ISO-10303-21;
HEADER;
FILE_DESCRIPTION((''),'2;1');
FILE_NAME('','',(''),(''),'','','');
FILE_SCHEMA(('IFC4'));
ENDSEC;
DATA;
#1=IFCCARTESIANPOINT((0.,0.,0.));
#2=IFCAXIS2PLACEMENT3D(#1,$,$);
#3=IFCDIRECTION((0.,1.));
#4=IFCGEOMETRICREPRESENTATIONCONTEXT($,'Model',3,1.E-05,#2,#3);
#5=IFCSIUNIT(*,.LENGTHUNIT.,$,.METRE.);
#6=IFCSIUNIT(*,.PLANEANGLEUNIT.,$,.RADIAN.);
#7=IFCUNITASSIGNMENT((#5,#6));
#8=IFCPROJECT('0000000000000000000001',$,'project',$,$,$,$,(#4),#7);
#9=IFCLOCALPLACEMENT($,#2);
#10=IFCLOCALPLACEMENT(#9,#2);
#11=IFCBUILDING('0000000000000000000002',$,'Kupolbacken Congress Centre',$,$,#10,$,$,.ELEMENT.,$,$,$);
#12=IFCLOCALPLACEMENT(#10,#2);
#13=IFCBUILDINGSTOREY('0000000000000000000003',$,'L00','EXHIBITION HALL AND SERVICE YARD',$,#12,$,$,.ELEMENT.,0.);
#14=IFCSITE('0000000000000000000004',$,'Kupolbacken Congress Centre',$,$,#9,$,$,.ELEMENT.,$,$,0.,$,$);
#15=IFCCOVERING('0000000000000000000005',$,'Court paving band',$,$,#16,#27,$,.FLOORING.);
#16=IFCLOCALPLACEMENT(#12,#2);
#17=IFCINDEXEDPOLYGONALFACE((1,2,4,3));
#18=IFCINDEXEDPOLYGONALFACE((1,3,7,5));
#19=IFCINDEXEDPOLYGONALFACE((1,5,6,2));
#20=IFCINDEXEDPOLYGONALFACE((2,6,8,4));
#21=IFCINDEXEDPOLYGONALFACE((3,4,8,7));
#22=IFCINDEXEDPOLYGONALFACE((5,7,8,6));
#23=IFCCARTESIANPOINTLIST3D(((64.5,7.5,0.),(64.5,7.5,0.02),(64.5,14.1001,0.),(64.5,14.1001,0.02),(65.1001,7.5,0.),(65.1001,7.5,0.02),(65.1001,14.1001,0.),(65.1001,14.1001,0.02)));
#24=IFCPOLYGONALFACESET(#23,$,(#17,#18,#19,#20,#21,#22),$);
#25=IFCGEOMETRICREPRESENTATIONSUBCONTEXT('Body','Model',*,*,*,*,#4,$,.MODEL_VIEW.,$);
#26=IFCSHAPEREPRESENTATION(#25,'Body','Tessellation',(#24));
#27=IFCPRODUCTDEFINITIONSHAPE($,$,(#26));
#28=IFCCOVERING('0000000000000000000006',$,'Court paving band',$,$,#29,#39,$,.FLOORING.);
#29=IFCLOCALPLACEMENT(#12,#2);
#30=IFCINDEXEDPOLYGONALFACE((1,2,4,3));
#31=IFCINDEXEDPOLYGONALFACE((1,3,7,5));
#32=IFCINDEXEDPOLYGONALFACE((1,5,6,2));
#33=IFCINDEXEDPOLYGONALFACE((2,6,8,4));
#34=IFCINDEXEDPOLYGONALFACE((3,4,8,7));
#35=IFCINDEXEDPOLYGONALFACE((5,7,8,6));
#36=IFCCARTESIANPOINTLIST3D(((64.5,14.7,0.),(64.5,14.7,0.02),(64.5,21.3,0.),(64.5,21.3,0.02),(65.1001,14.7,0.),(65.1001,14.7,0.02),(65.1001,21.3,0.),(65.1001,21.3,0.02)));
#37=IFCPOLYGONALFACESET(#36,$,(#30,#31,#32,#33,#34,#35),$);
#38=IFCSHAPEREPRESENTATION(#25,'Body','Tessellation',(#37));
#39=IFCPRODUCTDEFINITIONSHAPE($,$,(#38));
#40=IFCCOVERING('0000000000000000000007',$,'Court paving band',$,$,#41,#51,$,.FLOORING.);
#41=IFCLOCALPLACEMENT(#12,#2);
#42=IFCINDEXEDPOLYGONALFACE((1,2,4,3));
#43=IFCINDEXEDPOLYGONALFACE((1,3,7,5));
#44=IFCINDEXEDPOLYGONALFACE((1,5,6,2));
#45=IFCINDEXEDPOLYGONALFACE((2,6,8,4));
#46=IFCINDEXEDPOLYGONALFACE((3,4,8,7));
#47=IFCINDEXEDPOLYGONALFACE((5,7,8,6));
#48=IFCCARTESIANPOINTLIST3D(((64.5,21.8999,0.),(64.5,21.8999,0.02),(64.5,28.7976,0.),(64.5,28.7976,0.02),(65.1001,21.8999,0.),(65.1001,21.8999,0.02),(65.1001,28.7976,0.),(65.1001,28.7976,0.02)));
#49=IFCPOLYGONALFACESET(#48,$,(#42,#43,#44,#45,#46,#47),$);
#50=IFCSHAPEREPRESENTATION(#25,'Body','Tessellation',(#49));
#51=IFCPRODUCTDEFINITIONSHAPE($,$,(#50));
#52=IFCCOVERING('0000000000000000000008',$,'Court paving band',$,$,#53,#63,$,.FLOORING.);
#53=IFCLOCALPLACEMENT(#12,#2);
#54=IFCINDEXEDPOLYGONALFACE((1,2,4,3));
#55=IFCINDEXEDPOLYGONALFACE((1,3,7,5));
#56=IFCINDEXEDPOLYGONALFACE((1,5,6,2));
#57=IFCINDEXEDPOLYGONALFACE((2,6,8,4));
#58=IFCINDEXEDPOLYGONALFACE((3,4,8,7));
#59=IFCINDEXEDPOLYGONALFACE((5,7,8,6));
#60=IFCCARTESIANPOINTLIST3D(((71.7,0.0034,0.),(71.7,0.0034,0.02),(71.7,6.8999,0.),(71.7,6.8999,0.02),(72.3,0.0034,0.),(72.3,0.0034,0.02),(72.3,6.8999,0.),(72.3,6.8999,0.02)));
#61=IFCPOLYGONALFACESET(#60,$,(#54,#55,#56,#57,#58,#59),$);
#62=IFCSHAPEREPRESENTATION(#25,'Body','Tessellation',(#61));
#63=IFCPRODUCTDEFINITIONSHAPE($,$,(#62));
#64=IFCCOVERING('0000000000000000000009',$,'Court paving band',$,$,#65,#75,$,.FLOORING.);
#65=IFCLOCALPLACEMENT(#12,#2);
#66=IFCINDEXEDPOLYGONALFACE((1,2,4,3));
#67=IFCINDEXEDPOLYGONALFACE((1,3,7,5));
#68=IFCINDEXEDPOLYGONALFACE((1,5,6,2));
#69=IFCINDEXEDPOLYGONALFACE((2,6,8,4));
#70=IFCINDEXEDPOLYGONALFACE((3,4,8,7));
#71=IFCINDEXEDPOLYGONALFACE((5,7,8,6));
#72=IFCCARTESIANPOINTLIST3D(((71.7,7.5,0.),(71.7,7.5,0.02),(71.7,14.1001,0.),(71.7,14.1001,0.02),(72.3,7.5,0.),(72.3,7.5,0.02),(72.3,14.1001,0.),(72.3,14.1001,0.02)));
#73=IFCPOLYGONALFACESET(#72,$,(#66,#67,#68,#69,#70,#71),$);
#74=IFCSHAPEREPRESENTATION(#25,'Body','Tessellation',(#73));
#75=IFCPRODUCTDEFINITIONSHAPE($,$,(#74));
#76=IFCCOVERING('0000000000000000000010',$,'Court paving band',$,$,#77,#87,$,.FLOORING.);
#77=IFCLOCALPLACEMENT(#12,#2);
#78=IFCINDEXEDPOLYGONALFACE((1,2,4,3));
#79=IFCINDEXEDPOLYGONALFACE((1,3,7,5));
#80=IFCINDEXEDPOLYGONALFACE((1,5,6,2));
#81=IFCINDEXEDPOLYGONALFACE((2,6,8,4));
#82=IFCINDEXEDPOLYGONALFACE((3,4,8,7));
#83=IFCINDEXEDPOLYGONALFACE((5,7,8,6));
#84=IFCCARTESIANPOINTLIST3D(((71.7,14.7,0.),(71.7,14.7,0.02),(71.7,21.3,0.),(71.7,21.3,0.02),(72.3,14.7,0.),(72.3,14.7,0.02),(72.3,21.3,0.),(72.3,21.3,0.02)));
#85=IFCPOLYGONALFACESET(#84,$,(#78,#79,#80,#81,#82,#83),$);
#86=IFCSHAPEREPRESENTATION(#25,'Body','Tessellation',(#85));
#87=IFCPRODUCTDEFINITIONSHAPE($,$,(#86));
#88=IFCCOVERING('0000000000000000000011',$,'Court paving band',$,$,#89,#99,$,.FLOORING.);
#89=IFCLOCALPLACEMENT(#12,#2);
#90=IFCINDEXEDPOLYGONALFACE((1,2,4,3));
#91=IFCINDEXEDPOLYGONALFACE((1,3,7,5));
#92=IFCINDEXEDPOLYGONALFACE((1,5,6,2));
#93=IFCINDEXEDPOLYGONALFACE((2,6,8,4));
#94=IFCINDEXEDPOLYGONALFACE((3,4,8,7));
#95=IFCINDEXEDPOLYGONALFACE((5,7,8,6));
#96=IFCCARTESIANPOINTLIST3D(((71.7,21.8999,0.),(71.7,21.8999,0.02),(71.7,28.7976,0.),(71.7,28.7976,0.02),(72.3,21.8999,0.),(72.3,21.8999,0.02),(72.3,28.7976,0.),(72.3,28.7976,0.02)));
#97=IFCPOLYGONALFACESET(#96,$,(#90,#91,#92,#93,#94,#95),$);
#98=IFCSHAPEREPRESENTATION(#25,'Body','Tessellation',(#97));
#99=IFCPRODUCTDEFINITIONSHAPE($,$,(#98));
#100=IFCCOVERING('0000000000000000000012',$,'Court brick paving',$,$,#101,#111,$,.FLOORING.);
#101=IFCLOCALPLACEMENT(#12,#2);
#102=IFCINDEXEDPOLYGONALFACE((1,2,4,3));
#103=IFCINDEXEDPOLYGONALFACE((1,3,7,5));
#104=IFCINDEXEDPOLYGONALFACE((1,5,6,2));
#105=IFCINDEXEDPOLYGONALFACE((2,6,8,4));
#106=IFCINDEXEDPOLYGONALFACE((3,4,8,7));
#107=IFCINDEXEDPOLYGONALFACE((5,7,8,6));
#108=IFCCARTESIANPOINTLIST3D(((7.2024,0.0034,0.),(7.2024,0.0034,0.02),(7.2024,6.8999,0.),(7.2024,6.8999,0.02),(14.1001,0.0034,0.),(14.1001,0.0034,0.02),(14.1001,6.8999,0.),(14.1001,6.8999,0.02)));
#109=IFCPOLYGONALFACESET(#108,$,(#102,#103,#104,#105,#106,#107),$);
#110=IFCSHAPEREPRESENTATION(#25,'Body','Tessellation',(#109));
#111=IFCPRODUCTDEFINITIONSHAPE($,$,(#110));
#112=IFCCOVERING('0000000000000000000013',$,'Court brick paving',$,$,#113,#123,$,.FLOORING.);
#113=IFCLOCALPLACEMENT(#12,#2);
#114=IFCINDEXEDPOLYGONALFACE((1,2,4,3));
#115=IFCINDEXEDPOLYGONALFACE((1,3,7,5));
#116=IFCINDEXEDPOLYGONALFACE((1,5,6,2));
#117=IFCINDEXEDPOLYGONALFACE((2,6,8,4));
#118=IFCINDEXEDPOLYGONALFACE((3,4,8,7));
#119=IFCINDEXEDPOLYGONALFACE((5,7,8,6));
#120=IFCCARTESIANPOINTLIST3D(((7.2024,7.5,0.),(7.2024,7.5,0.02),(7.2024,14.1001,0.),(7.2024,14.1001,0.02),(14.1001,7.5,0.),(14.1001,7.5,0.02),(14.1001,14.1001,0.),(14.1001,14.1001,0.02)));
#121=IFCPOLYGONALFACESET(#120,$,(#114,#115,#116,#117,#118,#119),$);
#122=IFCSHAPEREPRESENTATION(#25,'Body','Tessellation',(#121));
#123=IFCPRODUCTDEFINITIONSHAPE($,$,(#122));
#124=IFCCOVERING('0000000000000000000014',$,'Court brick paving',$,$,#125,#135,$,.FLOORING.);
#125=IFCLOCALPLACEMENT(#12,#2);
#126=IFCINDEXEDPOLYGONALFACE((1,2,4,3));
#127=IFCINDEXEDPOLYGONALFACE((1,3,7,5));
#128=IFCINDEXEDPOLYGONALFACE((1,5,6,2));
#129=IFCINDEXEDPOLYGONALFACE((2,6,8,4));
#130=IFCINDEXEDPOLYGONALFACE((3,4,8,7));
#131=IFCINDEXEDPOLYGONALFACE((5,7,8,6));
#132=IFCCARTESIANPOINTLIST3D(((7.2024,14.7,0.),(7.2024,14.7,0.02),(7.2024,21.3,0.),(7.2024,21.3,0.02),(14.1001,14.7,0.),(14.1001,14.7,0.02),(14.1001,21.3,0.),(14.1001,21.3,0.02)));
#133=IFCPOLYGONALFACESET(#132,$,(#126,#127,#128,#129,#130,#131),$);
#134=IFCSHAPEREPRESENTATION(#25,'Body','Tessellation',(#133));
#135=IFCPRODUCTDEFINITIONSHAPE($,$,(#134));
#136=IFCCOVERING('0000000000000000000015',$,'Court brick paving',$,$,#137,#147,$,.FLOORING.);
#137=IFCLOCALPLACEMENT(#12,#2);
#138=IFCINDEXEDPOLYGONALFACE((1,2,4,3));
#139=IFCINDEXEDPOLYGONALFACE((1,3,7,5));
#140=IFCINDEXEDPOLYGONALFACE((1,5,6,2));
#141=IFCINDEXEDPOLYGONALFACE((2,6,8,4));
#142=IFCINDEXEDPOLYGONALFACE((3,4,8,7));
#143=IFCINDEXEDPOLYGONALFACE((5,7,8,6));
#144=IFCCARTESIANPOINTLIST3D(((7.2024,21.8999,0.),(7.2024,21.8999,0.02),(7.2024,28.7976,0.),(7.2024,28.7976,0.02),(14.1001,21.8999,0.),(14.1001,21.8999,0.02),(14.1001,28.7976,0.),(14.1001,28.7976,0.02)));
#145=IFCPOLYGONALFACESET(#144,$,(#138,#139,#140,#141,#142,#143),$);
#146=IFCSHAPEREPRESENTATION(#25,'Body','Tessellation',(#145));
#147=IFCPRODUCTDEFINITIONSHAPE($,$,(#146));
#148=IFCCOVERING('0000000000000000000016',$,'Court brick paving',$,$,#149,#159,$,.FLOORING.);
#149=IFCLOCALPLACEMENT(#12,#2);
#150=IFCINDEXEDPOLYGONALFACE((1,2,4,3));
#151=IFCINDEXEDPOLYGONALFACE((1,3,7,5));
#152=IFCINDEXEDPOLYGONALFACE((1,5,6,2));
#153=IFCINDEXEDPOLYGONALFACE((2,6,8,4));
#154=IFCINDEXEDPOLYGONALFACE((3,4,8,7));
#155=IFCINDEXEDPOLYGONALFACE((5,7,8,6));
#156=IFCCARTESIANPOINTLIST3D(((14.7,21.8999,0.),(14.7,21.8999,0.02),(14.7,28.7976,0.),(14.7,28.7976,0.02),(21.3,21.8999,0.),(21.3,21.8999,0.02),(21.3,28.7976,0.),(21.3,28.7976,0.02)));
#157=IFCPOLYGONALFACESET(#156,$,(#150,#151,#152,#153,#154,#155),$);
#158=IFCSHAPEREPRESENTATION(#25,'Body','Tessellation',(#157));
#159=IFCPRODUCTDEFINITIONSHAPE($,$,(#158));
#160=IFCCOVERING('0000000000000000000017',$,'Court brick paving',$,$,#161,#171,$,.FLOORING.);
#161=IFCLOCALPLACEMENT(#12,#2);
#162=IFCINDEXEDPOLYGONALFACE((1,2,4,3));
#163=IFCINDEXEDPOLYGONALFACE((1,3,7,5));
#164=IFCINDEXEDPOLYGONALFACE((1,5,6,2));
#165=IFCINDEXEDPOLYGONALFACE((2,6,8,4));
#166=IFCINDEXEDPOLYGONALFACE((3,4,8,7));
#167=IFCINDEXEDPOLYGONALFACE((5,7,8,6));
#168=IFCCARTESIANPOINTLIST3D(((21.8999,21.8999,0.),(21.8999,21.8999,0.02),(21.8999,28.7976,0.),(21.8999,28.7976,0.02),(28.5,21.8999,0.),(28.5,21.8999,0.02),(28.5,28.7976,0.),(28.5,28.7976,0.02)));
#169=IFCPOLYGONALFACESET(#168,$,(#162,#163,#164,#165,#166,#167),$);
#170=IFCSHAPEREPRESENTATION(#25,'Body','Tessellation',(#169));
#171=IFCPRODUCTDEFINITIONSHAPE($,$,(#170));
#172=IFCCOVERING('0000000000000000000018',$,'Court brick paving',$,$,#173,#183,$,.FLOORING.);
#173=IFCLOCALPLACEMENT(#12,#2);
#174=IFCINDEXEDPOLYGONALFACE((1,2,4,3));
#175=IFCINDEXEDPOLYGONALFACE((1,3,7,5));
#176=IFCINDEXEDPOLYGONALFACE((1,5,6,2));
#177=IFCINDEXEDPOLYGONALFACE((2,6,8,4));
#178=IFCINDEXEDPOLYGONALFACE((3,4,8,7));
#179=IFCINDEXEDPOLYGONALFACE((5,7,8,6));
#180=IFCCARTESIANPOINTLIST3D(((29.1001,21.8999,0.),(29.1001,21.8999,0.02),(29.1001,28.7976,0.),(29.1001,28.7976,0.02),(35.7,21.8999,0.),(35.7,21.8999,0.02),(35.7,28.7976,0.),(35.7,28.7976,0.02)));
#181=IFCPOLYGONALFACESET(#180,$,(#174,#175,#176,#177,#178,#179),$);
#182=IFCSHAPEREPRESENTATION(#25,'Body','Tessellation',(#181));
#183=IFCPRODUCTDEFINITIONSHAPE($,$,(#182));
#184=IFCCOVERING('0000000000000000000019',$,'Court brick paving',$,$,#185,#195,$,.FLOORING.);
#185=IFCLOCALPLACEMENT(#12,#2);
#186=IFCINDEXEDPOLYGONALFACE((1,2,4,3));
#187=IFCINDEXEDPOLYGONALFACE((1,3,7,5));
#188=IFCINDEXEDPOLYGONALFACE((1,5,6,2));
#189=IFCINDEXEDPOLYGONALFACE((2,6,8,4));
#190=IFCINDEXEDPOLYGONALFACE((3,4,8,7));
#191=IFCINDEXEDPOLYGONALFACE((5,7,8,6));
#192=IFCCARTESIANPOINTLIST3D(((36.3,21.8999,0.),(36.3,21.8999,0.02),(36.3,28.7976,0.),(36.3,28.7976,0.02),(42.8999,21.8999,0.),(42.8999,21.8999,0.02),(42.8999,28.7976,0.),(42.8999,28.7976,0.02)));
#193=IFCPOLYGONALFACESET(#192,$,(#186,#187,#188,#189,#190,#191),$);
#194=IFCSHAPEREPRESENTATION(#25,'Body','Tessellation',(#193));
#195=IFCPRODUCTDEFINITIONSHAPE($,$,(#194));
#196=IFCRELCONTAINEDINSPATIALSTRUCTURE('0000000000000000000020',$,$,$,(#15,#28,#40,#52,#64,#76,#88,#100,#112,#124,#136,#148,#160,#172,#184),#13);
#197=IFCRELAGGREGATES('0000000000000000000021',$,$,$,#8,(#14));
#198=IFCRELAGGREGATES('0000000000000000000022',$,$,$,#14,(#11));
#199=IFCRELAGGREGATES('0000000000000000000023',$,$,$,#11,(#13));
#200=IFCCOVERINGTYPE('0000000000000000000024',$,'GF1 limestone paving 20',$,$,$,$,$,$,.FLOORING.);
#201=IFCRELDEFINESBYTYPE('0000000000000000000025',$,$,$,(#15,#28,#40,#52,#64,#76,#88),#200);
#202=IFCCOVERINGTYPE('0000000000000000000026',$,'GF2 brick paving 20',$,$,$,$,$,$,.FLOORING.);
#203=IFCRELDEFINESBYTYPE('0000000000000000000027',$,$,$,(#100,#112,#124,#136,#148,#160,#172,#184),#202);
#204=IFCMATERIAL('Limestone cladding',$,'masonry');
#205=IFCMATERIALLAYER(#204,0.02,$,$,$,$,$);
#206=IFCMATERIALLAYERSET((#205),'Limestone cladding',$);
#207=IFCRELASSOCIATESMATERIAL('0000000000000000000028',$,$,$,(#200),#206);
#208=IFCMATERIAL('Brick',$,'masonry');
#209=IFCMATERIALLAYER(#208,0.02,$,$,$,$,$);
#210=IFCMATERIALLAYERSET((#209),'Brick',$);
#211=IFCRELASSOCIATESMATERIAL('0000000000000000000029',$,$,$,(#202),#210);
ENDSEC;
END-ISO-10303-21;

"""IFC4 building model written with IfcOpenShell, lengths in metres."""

from ifc_helpers import new_model, si_unit, direction, origin, place, context, subcontext, project, spatial, polyline, outline, extrude, material, layer, layer_set, type_object, element, save


model = new_model("IFC4")

# Units and contexts
model_context = context("Model", 3, precision=1e-05, world=origin(), true_north=direction((0.0, 1.0)))
body_context = subcontext(model_context, "Body", "Model", "MODEL_VIEW")
ifc_project = project(units=[si_unit("LENGTHUNIT", "METRE"), si_unit("PLANEANGLEUNIT", "RADIAN")], contexts=[model_context])

# Site, building, storey
site_placement = place(None, origin())
site = spatial("IfcSite", under=ifc_project, at=site_placement, Name="Kupolbacken Congress Centre", CompositionType="ELEMENT", RefElevation=0.0)
building_placement = place(site_placement, origin())
building = spatial("IfcBuilding", under=site, at=building_placement, Name="Kupolbacken Congress Centre", CompositionType="ELEMENT")
storey_placement = place(building_placement, origin())
storey = spatial("IfcBuildingStorey", under=building, at=storey_placement, Name="L00", Description="EXHIBITION HALL AND SERVICE YARD", CompositionType="ELEMENT", Elevation=0.0)

# Coverings
ifc_material_1 = material(Name="Limestone cladding", Category="masonry")
ifc_layer_1 = layer(ifc_material_1, 0.02)
ifc_layer_set_1 = layer_set([ifc_layer_1], Name="Limestone cladding")
covering_type_1 = type_object("IfcCoveringType", Name="GF1 limestone paving 20", PredefinedType="FLOORING", material=ifc_layer_set_1)
covering_1_placement = place(storey_placement, origin())
element("IfcCovering", 1, at=covering_1_placement, inside=storey, type_object=covering_type_1, Name="Court paving band", PredefinedType="FLOORING", context=body_context, shape_type="SweptSolid", body=[
    extrude(outline(polyline([(64.5, 7.5), (64.5, 14.1001), (65.1001, 14.1001), (65.1001, 7.5), (64.5, 7.5)])), origin(), (0.0, 0.0, 1.0), 0.02),
])
covering_2_placement = place(storey_placement, origin())
element("IfcCovering", 2, at=covering_2_placement, inside=storey, type_object=covering_type_1, Name="Court paving band", PredefinedType="FLOORING", context=body_context, shape_type="SweptSolid", body=[
    extrude(outline(polyline([(64.5, 14.7), (64.5, 21.3), (65.1001, 21.3), (65.1001, 14.7), (64.5, 14.7)])), origin(), (0.0, 0.0, 1.0), 0.02),
])
covering_3_placement = place(storey_placement, origin())
element("IfcCovering", 3, at=covering_3_placement, inside=storey, type_object=covering_type_1, Name="Court paving band", PredefinedType="FLOORING", context=body_context, shape_type="SweptSolid", body=[
    extrude(outline(polyline([(65.1001, 21.8999), (64.5, 21.8999), (64.5, 28.7976), (65.1001, 28.7976), (65.1001, 21.8999)])), origin(), (0.0, 0.0, 1.0), 0.02),
])
covering_4_placement = place(storey_placement, origin())
element("IfcCovering", 4, at=covering_4_placement, inside=storey, type_object=covering_type_1, Name="Court paving band", PredefinedType="FLOORING", context=body_context, shape_type="SweptSolid", body=[
    extrude(outline(polyline([(71.7, 6.8999), (72.3, 6.8999), (72.3, 0.0034), (71.7, 0.0034), (71.7, 6.8999)])), origin(), (0.0, 0.0, 1.0), 0.02),
])
covering_5_placement = place(storey_placement, origin())
element("IfcCovering", 5, at=covering_5_placement, inside=storey, type_object=covering_type_1, Name="Court paving band", PredefinedType="FLOORING", context=body_context, shape_type="SweptSolid", body=[
    extrude(outline(polyline([(71.7, 7.5), (71.7, 14.1001), (72.3, 14.1001), (72.3, 7.5), (71.7, 7.5)])), origin(), (0.0, 0.0, 1.0), 0.02),
])
covering_6_placement = place(storey_placement, origin())
element("IfcCovering", 6, at=covering_6_placement, inside=storey, type_object=covering_type_1, Name="Court paving band", PredefinedType="FLOORING", context=body_context, shape_type="SweptSolid", body=[
    extrude(outline(polyline([(71.7, 14.7), (71.7, 21.3), (72.3, 21.3), (72.3, 14.7), (71.7, 14.7)])), origin(), (0.0, 0.0, 1.0), 0.02),
])
covering_7_placement = place(storey_placement, origin())
element("IfcCovering", 7, at=covering_7_placement, inside=storey, type_object=covering_type_1, Name="Court paving band", PredefinedType="FLOORING", context=body_context, shape_type="SweptSolid", body=[
    extrude(outline(polyline([(72.3, 21.8999), (71.7, 21.8999), (71.7, 28.7976), (72.3, 28.7976), (72.3, 21.8999)])), origin(), (0.0, 0.0, 1.0), 0.02),
])
ifc_material_2 = material(Name="Brick", Category="masonry")
ifc_layer_2 = layer(ifc_material_2, 0.02)
ifc_layer_set_2 = layer_set([ifc_layer_2], Name="Brick")
covering_type_2 = type_object("IfcCoveringType", Name="GF2 brick paving 20", PredefinedType="FLOORING", material=ifc_layer_set_2)
covering_8_placement = place(storey_placement, origin())
element("IfcCovering", 8, at=covering_8_placement, inside=storey, type_object=covering_type_2, Name="Court brick paving", PredefinedType="FLOORING", context=body_context, shape_type="SweptSolid", body=[
    extrude(outline(polyline([(7.2024, 6.8999), (14.1001, 6.8999), (14.1001, 0.0034), (7.2024, 0.0034), (7.2024, 6.8999)])), origin(), (0.0, 0.0, 1.0), 0.02),
])
covering_9_placement = place(storey_placement, origin())
element("IfcCovering", 9, at=covering_9_placement, inside=storey, type_object=covering_type_2, Name="Court brick paving", PredefinedType="FLOORING", context=body_context, shape_type="SweptSolid", body=[
    extrude(outline(polyline([(7.2024, 14.1001), (14.1001, 14.1001), (14.1001, 7.5), (7.2024, 7.5), (7.2024, 14.1001)])), origin(), (0.0, 0.0, 1.0), 0.02),
])
covering_10_placement = place(storey_placement, origin())
element("IfcCovering", 10, at=covering_10_placement, inside=storey, type_object=covering_type_2, Name="Court brick paving", PredefinedType="FLOORING", context=body_context, shape_type="SweptSolid", body=[
    extrude(outline(polyline([(7.2024, 21.3), (14.1001, 21.3), (14.1001, 14.7), (7.2024, 14.7), (7.2024, 21.3)])), origin(), (0.0, 0.0, 1.0), 0.02),
])
covering_11_placement = place(storey_placement, origin())
element("IfcCovering", 11, at=covering_11_placement, inside=storey, type_object=covering_type_2, Name="Court brick paving", PredefinedType="FLOORING", context=body_context, shape_type="SweptSolid", body=[
    extrude(outline(polyline([(7.2024, 28.7976), (14.1001, 28.7976), (14.1001, 21.8999), (7.2024, 21.8999), (7.2024, 28.7976)])), origin(), (0.0, 0.0, 1.0), 0.02),
])
covering_12_placement = place(storey_placement, origin())
element("IfcCovering", 12, at=covering_12_placement, inside=storey, type_object=covering_type_2, Name="Court brick paving", PredefinedType="FLOORING", context=body_context, shape_type="SweptSolid", body=[
    extrude(outline(polyline([(21.3, 28.7976), (21.3, 21.8999), (14.7, 21.8999), (14.7, 28.7976), (21.3, 28.7976)])), origin(), (0.0, 0.0, 1.0), 0.02),
])
covering_13_placement = place(storey_placement, origin())
element("IfcCovering", 13, at=covering_13_placement, inside=storey, type_object=covering_type_2, Name="Court brick paving", PredefinedType="FLOORING", context=body_context, shape_type="SweptSolid", body=[
    extrude(outline(polyline([(28.5, 28.7976), (28.5, 21.8999), (21.8999, 21.8999), (21.8999, 28.7976), (28.5, 28.7976)])), origin(), (0.0, 0.0, 1.0), 0.02),
])
covering_14_placement = place(storey_placement, origin())
element("IfcCovering", 14, at=covering_14_placement, inside=storey, type_object=covering_type_2, Name="Court brick paving", PredefinedType="FLOORING", context=body_context, shape_type="SweptSolid", body=[
    extrude(outline(polyline([(35.7, 28.7976), (35.7, 21.8999), (29.1001, 21.8999), (29.1001, 28.7976), (35.7, 28.7976)])), origin(), (0.0, 0.0, 1.0), 0.02),
])
covering_15_placement = place(storey_placement, origin())
element("IfcCovering", 15, at=covering_15_placement, inside=storey, type_object=covering_type_2, Name="Court brick paving", PredefinedType="FLOORING", context=body_context, shape_type="SweptSolid", body=[
    extrude(outline(polyline([(42.8999, 28.7976), (42.8999, 21.8999), (36.3, 21.8999), (36.3, 28.7976), (42.8999, 28.7976)])), origin(), (0.0, 0.0, 1.0), 0.02),
])

save(model, "model.ifc")
